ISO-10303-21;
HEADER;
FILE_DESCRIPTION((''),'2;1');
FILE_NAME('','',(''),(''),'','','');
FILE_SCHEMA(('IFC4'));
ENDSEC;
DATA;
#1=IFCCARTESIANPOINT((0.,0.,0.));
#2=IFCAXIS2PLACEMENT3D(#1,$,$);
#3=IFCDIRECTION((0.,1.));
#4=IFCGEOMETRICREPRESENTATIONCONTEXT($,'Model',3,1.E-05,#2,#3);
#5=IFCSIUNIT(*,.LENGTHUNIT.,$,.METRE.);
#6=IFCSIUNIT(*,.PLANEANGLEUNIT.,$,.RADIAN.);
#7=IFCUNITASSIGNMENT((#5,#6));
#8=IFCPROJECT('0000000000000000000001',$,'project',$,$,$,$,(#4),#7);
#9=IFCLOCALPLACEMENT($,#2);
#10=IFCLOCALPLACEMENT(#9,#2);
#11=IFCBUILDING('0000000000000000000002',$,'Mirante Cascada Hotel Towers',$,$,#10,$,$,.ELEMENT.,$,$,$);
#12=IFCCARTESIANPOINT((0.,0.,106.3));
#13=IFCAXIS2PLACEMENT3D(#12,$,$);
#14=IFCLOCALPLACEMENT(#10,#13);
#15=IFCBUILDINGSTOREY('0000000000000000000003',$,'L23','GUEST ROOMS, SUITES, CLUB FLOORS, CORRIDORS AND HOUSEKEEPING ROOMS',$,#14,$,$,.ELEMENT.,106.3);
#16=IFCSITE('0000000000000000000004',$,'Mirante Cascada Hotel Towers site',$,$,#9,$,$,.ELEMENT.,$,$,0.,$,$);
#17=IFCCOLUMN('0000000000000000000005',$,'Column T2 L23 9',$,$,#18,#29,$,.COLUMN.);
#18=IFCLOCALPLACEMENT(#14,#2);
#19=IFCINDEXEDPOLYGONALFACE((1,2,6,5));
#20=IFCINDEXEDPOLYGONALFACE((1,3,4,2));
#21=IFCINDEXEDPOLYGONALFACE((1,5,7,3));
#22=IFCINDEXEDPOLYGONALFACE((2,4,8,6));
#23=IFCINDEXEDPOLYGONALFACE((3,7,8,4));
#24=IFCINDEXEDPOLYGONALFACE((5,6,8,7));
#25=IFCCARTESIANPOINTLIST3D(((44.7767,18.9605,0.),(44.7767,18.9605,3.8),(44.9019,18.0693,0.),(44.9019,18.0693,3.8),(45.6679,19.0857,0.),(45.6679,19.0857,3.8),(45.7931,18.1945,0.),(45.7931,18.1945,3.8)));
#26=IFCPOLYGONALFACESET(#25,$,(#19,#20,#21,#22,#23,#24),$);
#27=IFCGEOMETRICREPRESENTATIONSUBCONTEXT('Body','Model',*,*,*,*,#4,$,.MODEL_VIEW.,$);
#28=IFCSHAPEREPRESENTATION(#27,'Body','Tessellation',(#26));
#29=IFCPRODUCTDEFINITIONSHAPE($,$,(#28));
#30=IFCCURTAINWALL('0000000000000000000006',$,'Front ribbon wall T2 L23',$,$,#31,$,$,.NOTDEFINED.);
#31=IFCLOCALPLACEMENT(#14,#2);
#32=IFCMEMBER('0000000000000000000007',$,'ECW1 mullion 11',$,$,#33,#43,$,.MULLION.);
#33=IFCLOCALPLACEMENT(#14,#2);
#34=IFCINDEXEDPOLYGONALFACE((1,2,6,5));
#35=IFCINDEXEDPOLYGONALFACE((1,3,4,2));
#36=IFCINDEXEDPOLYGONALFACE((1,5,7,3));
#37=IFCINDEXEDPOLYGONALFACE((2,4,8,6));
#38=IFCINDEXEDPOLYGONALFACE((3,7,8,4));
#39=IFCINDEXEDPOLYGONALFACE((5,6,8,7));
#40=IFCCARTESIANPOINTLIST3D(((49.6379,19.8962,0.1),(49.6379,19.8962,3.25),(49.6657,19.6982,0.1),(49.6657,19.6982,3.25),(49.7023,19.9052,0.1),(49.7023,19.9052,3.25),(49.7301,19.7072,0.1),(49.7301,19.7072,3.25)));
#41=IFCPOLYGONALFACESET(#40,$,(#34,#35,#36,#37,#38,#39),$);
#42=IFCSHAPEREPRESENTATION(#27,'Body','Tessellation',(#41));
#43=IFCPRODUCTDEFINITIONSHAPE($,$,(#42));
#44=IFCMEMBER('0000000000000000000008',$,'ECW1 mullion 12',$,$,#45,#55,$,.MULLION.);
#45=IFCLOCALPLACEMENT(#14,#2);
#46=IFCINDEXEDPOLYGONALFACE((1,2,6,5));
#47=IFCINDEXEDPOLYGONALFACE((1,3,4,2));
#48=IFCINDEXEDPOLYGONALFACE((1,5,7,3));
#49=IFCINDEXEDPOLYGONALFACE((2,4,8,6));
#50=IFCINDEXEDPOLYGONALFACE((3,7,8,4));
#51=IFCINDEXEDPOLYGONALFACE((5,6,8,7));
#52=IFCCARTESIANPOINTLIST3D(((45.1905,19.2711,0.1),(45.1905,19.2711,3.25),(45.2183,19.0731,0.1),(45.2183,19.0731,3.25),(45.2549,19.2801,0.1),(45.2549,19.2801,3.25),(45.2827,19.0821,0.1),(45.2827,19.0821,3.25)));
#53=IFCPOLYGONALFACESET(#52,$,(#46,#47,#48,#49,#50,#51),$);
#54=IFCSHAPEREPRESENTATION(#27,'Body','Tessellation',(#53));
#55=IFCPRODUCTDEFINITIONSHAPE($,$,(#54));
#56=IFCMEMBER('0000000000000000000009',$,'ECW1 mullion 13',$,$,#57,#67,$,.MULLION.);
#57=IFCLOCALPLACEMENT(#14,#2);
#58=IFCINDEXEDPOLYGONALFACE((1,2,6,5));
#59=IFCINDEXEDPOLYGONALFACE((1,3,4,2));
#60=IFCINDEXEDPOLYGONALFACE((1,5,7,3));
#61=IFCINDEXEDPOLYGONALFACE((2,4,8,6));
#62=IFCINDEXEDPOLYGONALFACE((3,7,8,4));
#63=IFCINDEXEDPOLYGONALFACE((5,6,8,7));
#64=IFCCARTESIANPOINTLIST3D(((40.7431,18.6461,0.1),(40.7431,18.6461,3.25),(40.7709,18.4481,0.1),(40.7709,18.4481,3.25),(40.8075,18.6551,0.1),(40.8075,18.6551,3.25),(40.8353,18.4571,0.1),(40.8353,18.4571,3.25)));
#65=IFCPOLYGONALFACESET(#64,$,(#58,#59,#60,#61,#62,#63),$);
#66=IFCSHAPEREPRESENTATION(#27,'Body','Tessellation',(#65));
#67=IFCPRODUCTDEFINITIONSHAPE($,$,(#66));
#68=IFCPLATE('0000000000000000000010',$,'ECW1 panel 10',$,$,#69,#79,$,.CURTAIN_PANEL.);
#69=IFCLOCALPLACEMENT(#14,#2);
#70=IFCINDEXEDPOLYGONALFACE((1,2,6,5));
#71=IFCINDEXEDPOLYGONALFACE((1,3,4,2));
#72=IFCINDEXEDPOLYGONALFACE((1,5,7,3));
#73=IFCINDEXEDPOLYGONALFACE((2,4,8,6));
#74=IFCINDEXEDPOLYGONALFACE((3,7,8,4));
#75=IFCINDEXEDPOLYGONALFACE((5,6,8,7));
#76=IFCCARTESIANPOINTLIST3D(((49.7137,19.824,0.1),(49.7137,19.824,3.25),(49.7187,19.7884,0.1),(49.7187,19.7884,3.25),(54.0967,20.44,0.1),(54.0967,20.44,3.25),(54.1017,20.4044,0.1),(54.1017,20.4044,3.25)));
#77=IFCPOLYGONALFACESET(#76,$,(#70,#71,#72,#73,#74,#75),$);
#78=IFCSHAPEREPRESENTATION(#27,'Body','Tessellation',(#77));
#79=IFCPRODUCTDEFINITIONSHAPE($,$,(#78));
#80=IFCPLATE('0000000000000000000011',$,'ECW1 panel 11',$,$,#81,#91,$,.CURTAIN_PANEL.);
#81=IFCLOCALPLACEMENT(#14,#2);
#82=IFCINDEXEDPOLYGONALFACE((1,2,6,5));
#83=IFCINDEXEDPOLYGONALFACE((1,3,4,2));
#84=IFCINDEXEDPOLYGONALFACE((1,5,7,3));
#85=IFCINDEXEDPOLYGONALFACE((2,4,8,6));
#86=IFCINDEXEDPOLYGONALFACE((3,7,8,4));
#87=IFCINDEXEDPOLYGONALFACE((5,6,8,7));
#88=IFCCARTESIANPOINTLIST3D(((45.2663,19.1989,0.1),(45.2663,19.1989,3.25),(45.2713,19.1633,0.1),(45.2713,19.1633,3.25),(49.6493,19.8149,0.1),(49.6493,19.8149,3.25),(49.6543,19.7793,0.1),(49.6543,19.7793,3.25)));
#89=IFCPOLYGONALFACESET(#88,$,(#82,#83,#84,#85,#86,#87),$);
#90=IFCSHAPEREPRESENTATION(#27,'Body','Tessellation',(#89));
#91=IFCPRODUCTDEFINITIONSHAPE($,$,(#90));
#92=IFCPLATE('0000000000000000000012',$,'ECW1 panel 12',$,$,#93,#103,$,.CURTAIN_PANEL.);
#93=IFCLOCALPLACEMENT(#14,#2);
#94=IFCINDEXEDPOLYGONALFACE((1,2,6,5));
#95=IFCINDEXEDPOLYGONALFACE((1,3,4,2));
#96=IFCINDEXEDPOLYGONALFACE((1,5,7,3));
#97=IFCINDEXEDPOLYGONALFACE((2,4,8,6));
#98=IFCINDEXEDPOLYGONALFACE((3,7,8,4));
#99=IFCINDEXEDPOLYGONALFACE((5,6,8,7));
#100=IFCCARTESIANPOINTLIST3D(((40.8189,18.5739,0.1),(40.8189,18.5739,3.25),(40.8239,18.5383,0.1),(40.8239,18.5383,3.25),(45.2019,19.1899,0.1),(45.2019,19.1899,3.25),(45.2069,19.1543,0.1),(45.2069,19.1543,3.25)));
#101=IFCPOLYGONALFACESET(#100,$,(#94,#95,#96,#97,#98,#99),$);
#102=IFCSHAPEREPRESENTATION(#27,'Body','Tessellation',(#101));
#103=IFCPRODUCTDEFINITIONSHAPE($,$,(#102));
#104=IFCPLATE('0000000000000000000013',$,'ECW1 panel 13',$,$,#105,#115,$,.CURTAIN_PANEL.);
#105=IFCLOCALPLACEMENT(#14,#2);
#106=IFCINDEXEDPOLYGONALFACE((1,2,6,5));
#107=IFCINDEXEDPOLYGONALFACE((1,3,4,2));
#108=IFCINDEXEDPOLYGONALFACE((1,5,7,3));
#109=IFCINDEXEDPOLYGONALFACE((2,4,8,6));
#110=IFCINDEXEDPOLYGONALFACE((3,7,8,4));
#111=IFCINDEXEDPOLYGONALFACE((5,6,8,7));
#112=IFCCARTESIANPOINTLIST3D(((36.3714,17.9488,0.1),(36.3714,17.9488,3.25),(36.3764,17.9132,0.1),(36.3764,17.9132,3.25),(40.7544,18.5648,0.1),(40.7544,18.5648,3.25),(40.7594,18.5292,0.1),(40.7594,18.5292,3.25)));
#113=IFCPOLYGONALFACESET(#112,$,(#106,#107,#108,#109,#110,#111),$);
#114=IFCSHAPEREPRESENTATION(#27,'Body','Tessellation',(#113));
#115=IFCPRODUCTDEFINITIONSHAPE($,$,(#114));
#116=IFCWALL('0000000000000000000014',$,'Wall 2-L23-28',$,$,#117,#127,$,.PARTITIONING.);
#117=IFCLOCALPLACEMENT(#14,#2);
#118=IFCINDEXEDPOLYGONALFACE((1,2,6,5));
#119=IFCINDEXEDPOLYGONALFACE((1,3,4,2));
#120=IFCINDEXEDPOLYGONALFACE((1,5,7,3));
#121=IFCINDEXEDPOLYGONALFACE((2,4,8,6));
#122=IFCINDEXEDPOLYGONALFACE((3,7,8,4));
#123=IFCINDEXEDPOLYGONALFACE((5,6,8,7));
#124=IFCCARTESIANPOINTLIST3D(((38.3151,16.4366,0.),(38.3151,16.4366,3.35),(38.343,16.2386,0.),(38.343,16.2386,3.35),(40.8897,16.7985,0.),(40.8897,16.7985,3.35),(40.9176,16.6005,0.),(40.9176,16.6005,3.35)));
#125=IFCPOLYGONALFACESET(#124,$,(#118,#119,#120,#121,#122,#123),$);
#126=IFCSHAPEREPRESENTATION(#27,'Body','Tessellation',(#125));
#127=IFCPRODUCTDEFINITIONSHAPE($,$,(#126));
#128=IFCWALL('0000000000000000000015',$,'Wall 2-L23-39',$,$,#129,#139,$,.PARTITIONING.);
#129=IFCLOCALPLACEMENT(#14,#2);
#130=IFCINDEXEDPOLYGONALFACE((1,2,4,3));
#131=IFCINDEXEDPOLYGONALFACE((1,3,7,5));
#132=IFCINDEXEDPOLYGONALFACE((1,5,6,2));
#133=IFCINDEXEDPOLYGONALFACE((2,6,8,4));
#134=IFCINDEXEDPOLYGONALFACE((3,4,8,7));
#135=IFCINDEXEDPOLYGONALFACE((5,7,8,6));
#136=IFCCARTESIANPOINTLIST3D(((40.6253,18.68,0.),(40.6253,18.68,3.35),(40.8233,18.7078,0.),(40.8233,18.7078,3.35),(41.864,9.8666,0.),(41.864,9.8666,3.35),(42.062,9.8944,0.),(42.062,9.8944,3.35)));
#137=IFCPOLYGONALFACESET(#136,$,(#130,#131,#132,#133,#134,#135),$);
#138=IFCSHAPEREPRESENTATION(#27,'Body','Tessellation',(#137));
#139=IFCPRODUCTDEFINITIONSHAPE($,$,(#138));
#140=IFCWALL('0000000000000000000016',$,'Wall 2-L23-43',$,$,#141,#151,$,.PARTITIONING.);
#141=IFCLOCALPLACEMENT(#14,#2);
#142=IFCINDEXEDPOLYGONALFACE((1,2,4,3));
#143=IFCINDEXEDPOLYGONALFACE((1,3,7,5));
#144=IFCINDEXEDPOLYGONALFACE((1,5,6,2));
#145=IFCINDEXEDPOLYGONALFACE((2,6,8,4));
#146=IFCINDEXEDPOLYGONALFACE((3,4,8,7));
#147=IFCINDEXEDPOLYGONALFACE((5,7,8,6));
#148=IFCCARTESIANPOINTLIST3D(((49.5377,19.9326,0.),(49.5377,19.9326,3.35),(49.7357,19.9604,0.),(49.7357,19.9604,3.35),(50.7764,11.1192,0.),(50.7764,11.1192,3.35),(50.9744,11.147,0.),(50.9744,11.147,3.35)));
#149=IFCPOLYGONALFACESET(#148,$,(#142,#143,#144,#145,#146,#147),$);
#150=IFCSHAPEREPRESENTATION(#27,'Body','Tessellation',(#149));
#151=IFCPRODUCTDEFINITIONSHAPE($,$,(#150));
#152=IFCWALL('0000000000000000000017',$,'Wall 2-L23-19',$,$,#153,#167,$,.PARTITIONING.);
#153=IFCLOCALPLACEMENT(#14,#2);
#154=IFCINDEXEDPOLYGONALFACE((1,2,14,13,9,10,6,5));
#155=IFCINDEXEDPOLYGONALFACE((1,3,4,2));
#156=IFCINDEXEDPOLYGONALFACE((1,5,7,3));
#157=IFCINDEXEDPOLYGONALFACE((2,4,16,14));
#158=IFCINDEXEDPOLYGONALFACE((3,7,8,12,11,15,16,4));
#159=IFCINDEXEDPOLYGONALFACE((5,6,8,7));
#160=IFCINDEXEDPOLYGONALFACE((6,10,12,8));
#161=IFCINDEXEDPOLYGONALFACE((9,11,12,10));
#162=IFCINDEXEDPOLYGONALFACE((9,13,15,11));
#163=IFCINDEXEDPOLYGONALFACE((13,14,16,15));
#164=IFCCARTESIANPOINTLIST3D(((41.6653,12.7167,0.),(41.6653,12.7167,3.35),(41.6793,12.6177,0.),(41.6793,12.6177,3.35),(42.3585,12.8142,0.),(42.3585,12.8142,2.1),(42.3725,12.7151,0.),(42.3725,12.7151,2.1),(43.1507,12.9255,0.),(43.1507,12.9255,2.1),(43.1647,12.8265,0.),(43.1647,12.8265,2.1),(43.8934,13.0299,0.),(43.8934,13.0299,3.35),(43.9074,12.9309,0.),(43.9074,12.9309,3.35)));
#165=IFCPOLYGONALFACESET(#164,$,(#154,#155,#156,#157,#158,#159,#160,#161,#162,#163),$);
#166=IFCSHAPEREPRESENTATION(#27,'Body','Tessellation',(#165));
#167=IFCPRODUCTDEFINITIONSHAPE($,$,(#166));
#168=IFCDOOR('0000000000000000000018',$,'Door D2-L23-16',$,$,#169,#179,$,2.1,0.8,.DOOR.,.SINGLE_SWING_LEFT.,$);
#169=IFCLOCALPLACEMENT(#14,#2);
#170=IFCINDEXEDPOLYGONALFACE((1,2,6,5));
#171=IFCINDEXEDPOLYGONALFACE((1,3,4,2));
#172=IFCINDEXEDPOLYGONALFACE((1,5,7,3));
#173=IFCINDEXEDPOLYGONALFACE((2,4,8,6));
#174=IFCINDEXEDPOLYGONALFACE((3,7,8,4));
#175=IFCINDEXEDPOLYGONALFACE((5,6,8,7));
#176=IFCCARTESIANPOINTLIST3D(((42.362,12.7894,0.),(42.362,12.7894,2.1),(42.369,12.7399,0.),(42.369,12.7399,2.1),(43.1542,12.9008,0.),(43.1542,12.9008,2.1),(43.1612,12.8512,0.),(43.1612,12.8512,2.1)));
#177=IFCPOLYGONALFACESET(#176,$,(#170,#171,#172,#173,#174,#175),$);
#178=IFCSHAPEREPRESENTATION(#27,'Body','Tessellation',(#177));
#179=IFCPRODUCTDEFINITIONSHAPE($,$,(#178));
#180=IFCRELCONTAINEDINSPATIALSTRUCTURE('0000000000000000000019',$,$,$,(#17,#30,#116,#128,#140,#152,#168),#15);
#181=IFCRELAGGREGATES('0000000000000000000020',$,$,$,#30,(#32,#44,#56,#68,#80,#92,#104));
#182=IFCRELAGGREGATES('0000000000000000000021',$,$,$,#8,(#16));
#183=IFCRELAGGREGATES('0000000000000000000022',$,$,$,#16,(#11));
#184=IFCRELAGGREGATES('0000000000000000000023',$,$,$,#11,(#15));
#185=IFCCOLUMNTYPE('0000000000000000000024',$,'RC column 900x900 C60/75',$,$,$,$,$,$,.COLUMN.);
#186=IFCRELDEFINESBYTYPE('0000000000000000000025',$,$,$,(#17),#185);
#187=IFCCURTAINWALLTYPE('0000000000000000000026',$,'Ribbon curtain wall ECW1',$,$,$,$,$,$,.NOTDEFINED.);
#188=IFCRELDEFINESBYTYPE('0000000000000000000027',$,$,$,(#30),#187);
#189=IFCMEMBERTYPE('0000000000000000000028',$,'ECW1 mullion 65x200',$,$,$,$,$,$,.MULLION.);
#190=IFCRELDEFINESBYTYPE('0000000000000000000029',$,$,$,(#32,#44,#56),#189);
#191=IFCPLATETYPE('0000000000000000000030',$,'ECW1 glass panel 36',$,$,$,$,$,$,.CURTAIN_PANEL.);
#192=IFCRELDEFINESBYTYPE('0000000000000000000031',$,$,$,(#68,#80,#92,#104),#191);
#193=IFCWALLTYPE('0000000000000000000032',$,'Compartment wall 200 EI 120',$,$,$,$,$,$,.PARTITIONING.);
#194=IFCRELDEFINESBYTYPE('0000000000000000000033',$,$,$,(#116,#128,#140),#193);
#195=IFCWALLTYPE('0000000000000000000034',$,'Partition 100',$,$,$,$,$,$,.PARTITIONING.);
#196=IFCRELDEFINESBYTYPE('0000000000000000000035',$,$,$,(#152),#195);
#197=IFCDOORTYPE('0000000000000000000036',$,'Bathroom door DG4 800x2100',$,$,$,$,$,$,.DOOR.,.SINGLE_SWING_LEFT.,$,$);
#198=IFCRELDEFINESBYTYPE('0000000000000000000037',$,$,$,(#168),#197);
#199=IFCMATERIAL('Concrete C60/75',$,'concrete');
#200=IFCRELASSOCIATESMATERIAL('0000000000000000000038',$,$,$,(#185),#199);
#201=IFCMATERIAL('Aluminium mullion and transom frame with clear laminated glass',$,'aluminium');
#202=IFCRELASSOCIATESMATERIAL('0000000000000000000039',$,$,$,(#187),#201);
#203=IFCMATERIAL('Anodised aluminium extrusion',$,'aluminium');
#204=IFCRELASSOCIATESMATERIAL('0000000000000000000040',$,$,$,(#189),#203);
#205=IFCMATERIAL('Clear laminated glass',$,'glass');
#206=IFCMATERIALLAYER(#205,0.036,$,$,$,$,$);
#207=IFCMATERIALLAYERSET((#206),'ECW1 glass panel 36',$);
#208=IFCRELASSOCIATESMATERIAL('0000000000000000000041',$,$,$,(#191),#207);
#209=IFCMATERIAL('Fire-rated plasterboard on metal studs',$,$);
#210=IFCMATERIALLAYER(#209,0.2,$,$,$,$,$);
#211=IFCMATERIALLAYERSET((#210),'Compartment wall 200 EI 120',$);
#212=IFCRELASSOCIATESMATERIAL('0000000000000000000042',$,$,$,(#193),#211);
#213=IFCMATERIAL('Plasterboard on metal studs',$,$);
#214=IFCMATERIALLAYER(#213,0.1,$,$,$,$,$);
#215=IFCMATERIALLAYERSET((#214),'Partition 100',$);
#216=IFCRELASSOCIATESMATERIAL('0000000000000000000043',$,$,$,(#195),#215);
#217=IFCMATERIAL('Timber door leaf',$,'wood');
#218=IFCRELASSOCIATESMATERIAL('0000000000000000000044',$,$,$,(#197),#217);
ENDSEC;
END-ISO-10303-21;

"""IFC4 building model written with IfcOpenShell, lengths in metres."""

from ifc_helpers import new_model, si_unit, direction, frame, frame_2d, origin, origin_2d, place, context, subcontext, project, spatial, rectangle, extrude, material, layer, layer_set, material_profile, profile_set, type_object, element, fill, aggregate, save


model = new_model("IFC4")

# Units and contexts
model_context = context("Model", 3, precision=1e-05, world=origin(), true_north=direction((0.0, 1.0)))
body_context = subcontext(model_context, "Body", "Model", "MODEL_VIEW")
ifc_project = project(units=[si_unit("LENGTHUNIT", "METRE"), si_unit("PLANEANGLEUNIT", "RADIAN")], contexts=[model_context])

# Site, building, storey
site_placement = place(None, origin())
site = spatial("IfcSite", under=ifc_project, at=site_placement, Name="Mirante Cascada Hotel Towers site", CompositionType="ELEMENT", RefElevation=0.0)
building_placement = place(site_placement, origin())
building = spatial("IfcBuilding", under=site, at=building_placement, Name="Mirante Cascada Hotel Towers", CompositionType="ELEMENT")
storey_placement = place(building_placement, frame((0.0, 0.0, 106.3)))
storey = spatial("IfcBuildingStorey", under=building, at=storey_placement, Name="L23", Description="GUEST ROOMS, SUITES, CLUB FLOORS, CORRIDORS AND HOUSEKEEPING ROOMS", CompositionType="ELEMENT", Elevation=106.3)

# Column
ifc_material_1 = material(Name="Concrete C60/75", Category="concrete")
ifc_material_profile_1 = material_profile(ifc_material_1, rectangle(XDim=0.9, YDim=0.9, at=origin_2d()), Name="RC column 900x900 C60/75")
ifc_profile_set_1 = profile_set([ifc_material_profile_1], Name="Concrete C60/75")
column_type = type_object("IfcColumnType", Name="RC column 900x900 C60/75", PredefinedType="COLUMN", material=ifc_profile_set_1)
column_placement = place(storey_placement, frame((45.2849, 18.5775, 0.0), z_axis=(0.0, 0.0, 1.0), x_axis=(0.990268, 0.139173, 0.0)))
element("IfcColumn", 1, at=column_placement, inside=storey, type_object=column_type, Name="Column T2 L23 9", PredefinedType="COLUMN", context=body_context, shape_type="SweptSolid", body=[
    extrude(rectangle(XDim=0.9, YDim=0.9, at=origin_2d()), origin(), (0.0, 0.0, 1.0), 3.8),
])

# Curtain wall, members, plates
ifc_material_2 = material(Name="Aluminium mullion and transom frame with clear laminated glass", Category="aluminium")
curtain_wall_type = type_object("IfcCurtainWallType", Name="Ribbon curtain wall ECW1", PredefinedType="NOTDEFINED", material=ifc_material_2)
curtain_wall_placement = place(storey_placement, origin())
curtain_wall = element("IfcCurtainWall", 2, at=curtain_wall_placement, inside=storey, type_object=curtain_wall_type, Name="Front ribbon wall T2 L23", PredefinedType="NOTDEFINED")
ifc_material_3 = material(Name="Anodised aluminium extrusion", Category="aluminium")
ifc_material_profile_2 = material_profile(ifc_material_3, rectangle(XDim=0.2, YDim=0.065, at=origin_2d()), Name="ECW1 MULLION 65x200")
ifc_profile_set_2 = profile_set([ifc_material_profile_2], Name="Anodised aluminium extrusion")
member_type = type_object("IfcMemberType", Name="ECW1 mullion 65x200", PredefinedType="MULLION", material=ifc_profile_set_2)
member_1_placement = place(storey_placement, frame((49.684, 19.8017, 0.1), z_axis=(0.0, 0.0, 1.0), x_axis=(0.139173, -0.990268, 0.0)))
member_1 = element("IfcMember", 3, at=member_1_placement, type_object=member_type, Name="ECW1 mullion 11", PredefinedType="MULLION", context=body_context, shape_type="SweptSolid", body=[
    extrude(rectangle(XDim=0.2, YDim=0.065, at=origin_2d()), origin(), (0.0, 0.0, 1.0), 3.15),
])
member_2_placement = place(storey_placement, frame((45.2366, 19.1766, 0.1), z_axis=(0.0, 0.0, 1.0), x_axis=(0.139173, -0.990268, 0.0)))
member_2 = element("IfcMember", 4, at=member_2_placement, type_object=member_type, Name="ECW1 mullion 12", PredefinedType="MULLION", context=body_context, shape_type="SweptSolid", body=[
    extrude(rectangle(XDim=0.2, YDim=0.065, at=origin_2d()), origin(), (0.0, 0.0, 1.0), 3.15),
])
member_3_placement = place(storey_placement, frame((40.7892, 18.5516, 0.1), z_axis=(0.0, 0.0, 1.0), x_axis=(0.139173, -0.990268, 0.0)))
member_3 = element("IfcMember", 5, at=member_3_placement, type_object=member_type, Name="ECW1 mullion 13", PredefinedType="MULLION", context=body_context, shape_type="SweptSolid", body=[
    extrude(rectangle(XDim=0.2, YDim=0.065, at=origin_2d()), origin(), (0.0, 0.0, 1.0), 3.15),
])
ifc_material_4 = material(Name="Clear laminated glass", Category="glass")
ifc_layer_1 = layer(ifc_material_4, 0.036)
ifc_layer_set_1 = layer_set([ifc_layer_1], Name="ECW1 glass panel 36")
plate_type = type_object("IfcPlateType", Name="ECW1 glass panel 36", PredefinedType="CURTAIN_PANEL", material=ifc_layer_set_1)
plate_1_placement = place(storey_placement, frame((51.9077, 20.1142, 0.1), z_axis=(0.0, 0.0, 1.0), x_axis=(-0.990268, -0.139173, 0.0)))
plate_1 = element("IfcPlate", 6, at=plate_1_placement, type_object=plate_type, Name="ECW1 panel 10", PredefinedType="CURTAIN_PANEL", context=body_context, shape_type="SweptSolid", body=[
    extrude(rectangle(XDim=4.4261, YDim=0.036, at=origin_2d()), origin(), (0.0, 0.0, 1.0), 3.15),
])
plate_2_placement = place(storey_placement, frame((47.4603, 19.4891, 0.1), z_axis=(0.0, 0.0, 1.0), x_axis=(-0.990268, -0.139173, 0.0)))
plate_2 = element("IfcPlate", 7, at=plate_2_placement, type_object=plate_type, Name="ECW1 panel 11", PredefinedType="CURTAIN_PANEL", context=body_context, shape_type="SweptSolid", body=[
    extrude(rectangle(XDim=4.4261, YDim=0.036, at=origin_2d()), origin(), (0.0, 0.0, 1.0), 3.15),
])
plate_3_placement = place(storey_placement, frame((43.0129, 18.8641, 0.1), z_axis=(0.0, 0.0, 1.0), x_axis=(-0.990268, -0.139173, 0.0)))
plate_3 = element("IfcPlate", 8, at=plate_3_placement, type_object=plate_type, Name="ECW1 panel 12", PredefinedType="CURTAIN_PANEL", context=body_context, shape_type="SweptSolid", body=[
    extrude(rectangle(XDim=4.4261, YDim=0.036, at=origin_2d()), origin(), (0.0, 0.0, 1.0), 3.15),
])
plate_4_placement = place(storey_placement, frame((38.5654, 18.239, 0.1), z_axis=(0.0, 0.0, 1.0), x_axis=(-0.990268, -0.139173, 0.0)))
plate_4 = element("IfcPlate", 9, at=plate_4_placement, type_object=plate_type, Name="ECW1 panel 13", PredefinedType="CURTAIN_PANEL", context=body_context, shape_type="SweptSolid", body=[
    extrude(rectangle(XDim=4.4261, YDim=0.036, at=origin_2d()), origin(), (0.0, 0.0, 1.0), 3.15),
])
aggregate(curtain_wall, [member_1, member_2, member_3, plate_1, plate_2, plate_3, plate_4])

# Walls
ifc_material_5 = material(Name="Fire-rated plasterboard on metal studs")
ifc_layer_2 = layer(ifc_material_5, 0.2)
ifc_layer_set_2 = layer_set([ifc_layer_2], Name="Compartment wall 200 EI 120")
wall_type_1 = type_object("IfcWallType", Name="Compartment wall 200 EI 120", PredefinedType="PARTITIONING", material=ifc_layer_set_2)
wall_1_placement = place(storey_placement, frame((38.329, 16.3376, 0.0), z_axis=(0.0, 0.0, 1.0), x_axis=(0.990265, 0.139197, 0.0)))
element("IfcWall", 10, at=wall_1_placement, inside=storey, type_object=wall_type_1, Name="Wall 2-L23-28", PredefinedType="PARTITIONING", context=body_context, shape_type="SweptSolid", body=[
    extrude(rectangle(XDim=2.5999, YDim=0.2, at=frame_2d((1.3, 0.0))), origin(), (0.0, 0.0, 1.0), 3.35),
])
for number, where, z_axis, x_axis, name in (
    (11, (40.7243, 18.6939, 0.0), (0.0, 0.0, 1.0), (0.139179, -0.990267, 0.0), "Wall 2-L23-39"),
    (12, (49.6367, 19.9465, 0.0), (0.0, 0.0, 1.0), (0.139179, -0.990267, 0.0), "Wall 2-L23-43"),
):
    element("IfcWall", number, at=place(storey_placement, frame(where, z_axis=z_axis, x_axis=x_axis)), inside=storey, type_object=wall_type_1, Name=name, PredefinedType="PARTITIONING", context=body_context, shape_type="SweptSolid", body=[
        extrude(rectangle(XDim=8.9, YDim=0.2, at=frame_2d((4.45, 0.0))), origin(), (0.0, 0.0, 1.0), 3.35),
    ])

# Wall, opening, door
ifc_material_6 = material(Name="Plasterboard on metal studs")
ifc_layer_3 = layer(ifc_material_6, 0.1)
ifc_layer_set_3 = layer_set([ifc_layer_3], Name="Partition 100")
wall_type_2 = type_object("IfcWallType", Name="Partition 100", PredefinedType="PARTITIONING", material=ifc_layer_set_3)
wall_2_placement = place(storey_placement, frame((43.9004, 12.9804, 0.0), z_axis=(0.0, 0.0, 1.0), x_axis=(-0.990264, -0.1392, 0.0)))
wall_2 = element("IfcWall", 13, at=wall_2_placement, inside=storey, type_object=wall_type_2, Name="Wall 2-L23-19", PredefinedType="PARTITIONING", context=body_context, shape_type="SweptSolid", body=[
    extrude(rectangle(XDim=2.25, YDim=0.1, at=frame_2d((1.125, 0.0))), origin(), (0.0, 0.0, 1.0), 3.35),
])
opening_1_placement = place(wall_2_placement, frame((0.75, 0.0, 0.0)))
opening_1 = element("IfcOpeningElement", 14, at=opening_1_placement, cuts=wall_2, PredefinedType="OPENING", context=body_context, shape_type="SweptSolid", body=[
    extrude(rectangle(XDim=0.8, YDim=2.1, at=frame_2d((0.4, 1.05))), frame((0.0, 0.05, 0.0), z_axis=(0.0, -1.0, 0.0), x_axis=(1.0, 0.0, 0.0)), (0.0, 0.0, 1.0), 0.1),
])
ifc_material_7 = material(Name="Timber door leaf", Category="wood")
door_type = type_object("IfcDoorType", Name="Bathroom door DG4 800x2100", OperationType="SINGLE_SWING_LEFT", PredefinedType="DOOR", material=ifc_material_7)
door_1_placement = place(opening_1_placement, origin())
door_1 = element("IfcDoor", 15, at=door_1_placement, inside=storey, type_object=door_type, Name="Door D2-L23-16", OperationType="SINGLE_SWING_LEFT", OverallHeight=2.1, OverallWidth=0.8, PredefinedType="DOOR", context=body_context, shape_type="SweptSolid", body=[
    extrude(rectangle(XDim=0.8, YDim=2.1, at=frame_2d((0.4, 1.05))), frame((0.0, 0.025, 0.0), z_axis=(0.0, -1.0, 0.0), x_axis=(1.0, 0.0, 0.0)), (0.0, 0.0, 1.0), 0.05),
])
fill(opening_1, door_1)

save(model, "model.ifc")
